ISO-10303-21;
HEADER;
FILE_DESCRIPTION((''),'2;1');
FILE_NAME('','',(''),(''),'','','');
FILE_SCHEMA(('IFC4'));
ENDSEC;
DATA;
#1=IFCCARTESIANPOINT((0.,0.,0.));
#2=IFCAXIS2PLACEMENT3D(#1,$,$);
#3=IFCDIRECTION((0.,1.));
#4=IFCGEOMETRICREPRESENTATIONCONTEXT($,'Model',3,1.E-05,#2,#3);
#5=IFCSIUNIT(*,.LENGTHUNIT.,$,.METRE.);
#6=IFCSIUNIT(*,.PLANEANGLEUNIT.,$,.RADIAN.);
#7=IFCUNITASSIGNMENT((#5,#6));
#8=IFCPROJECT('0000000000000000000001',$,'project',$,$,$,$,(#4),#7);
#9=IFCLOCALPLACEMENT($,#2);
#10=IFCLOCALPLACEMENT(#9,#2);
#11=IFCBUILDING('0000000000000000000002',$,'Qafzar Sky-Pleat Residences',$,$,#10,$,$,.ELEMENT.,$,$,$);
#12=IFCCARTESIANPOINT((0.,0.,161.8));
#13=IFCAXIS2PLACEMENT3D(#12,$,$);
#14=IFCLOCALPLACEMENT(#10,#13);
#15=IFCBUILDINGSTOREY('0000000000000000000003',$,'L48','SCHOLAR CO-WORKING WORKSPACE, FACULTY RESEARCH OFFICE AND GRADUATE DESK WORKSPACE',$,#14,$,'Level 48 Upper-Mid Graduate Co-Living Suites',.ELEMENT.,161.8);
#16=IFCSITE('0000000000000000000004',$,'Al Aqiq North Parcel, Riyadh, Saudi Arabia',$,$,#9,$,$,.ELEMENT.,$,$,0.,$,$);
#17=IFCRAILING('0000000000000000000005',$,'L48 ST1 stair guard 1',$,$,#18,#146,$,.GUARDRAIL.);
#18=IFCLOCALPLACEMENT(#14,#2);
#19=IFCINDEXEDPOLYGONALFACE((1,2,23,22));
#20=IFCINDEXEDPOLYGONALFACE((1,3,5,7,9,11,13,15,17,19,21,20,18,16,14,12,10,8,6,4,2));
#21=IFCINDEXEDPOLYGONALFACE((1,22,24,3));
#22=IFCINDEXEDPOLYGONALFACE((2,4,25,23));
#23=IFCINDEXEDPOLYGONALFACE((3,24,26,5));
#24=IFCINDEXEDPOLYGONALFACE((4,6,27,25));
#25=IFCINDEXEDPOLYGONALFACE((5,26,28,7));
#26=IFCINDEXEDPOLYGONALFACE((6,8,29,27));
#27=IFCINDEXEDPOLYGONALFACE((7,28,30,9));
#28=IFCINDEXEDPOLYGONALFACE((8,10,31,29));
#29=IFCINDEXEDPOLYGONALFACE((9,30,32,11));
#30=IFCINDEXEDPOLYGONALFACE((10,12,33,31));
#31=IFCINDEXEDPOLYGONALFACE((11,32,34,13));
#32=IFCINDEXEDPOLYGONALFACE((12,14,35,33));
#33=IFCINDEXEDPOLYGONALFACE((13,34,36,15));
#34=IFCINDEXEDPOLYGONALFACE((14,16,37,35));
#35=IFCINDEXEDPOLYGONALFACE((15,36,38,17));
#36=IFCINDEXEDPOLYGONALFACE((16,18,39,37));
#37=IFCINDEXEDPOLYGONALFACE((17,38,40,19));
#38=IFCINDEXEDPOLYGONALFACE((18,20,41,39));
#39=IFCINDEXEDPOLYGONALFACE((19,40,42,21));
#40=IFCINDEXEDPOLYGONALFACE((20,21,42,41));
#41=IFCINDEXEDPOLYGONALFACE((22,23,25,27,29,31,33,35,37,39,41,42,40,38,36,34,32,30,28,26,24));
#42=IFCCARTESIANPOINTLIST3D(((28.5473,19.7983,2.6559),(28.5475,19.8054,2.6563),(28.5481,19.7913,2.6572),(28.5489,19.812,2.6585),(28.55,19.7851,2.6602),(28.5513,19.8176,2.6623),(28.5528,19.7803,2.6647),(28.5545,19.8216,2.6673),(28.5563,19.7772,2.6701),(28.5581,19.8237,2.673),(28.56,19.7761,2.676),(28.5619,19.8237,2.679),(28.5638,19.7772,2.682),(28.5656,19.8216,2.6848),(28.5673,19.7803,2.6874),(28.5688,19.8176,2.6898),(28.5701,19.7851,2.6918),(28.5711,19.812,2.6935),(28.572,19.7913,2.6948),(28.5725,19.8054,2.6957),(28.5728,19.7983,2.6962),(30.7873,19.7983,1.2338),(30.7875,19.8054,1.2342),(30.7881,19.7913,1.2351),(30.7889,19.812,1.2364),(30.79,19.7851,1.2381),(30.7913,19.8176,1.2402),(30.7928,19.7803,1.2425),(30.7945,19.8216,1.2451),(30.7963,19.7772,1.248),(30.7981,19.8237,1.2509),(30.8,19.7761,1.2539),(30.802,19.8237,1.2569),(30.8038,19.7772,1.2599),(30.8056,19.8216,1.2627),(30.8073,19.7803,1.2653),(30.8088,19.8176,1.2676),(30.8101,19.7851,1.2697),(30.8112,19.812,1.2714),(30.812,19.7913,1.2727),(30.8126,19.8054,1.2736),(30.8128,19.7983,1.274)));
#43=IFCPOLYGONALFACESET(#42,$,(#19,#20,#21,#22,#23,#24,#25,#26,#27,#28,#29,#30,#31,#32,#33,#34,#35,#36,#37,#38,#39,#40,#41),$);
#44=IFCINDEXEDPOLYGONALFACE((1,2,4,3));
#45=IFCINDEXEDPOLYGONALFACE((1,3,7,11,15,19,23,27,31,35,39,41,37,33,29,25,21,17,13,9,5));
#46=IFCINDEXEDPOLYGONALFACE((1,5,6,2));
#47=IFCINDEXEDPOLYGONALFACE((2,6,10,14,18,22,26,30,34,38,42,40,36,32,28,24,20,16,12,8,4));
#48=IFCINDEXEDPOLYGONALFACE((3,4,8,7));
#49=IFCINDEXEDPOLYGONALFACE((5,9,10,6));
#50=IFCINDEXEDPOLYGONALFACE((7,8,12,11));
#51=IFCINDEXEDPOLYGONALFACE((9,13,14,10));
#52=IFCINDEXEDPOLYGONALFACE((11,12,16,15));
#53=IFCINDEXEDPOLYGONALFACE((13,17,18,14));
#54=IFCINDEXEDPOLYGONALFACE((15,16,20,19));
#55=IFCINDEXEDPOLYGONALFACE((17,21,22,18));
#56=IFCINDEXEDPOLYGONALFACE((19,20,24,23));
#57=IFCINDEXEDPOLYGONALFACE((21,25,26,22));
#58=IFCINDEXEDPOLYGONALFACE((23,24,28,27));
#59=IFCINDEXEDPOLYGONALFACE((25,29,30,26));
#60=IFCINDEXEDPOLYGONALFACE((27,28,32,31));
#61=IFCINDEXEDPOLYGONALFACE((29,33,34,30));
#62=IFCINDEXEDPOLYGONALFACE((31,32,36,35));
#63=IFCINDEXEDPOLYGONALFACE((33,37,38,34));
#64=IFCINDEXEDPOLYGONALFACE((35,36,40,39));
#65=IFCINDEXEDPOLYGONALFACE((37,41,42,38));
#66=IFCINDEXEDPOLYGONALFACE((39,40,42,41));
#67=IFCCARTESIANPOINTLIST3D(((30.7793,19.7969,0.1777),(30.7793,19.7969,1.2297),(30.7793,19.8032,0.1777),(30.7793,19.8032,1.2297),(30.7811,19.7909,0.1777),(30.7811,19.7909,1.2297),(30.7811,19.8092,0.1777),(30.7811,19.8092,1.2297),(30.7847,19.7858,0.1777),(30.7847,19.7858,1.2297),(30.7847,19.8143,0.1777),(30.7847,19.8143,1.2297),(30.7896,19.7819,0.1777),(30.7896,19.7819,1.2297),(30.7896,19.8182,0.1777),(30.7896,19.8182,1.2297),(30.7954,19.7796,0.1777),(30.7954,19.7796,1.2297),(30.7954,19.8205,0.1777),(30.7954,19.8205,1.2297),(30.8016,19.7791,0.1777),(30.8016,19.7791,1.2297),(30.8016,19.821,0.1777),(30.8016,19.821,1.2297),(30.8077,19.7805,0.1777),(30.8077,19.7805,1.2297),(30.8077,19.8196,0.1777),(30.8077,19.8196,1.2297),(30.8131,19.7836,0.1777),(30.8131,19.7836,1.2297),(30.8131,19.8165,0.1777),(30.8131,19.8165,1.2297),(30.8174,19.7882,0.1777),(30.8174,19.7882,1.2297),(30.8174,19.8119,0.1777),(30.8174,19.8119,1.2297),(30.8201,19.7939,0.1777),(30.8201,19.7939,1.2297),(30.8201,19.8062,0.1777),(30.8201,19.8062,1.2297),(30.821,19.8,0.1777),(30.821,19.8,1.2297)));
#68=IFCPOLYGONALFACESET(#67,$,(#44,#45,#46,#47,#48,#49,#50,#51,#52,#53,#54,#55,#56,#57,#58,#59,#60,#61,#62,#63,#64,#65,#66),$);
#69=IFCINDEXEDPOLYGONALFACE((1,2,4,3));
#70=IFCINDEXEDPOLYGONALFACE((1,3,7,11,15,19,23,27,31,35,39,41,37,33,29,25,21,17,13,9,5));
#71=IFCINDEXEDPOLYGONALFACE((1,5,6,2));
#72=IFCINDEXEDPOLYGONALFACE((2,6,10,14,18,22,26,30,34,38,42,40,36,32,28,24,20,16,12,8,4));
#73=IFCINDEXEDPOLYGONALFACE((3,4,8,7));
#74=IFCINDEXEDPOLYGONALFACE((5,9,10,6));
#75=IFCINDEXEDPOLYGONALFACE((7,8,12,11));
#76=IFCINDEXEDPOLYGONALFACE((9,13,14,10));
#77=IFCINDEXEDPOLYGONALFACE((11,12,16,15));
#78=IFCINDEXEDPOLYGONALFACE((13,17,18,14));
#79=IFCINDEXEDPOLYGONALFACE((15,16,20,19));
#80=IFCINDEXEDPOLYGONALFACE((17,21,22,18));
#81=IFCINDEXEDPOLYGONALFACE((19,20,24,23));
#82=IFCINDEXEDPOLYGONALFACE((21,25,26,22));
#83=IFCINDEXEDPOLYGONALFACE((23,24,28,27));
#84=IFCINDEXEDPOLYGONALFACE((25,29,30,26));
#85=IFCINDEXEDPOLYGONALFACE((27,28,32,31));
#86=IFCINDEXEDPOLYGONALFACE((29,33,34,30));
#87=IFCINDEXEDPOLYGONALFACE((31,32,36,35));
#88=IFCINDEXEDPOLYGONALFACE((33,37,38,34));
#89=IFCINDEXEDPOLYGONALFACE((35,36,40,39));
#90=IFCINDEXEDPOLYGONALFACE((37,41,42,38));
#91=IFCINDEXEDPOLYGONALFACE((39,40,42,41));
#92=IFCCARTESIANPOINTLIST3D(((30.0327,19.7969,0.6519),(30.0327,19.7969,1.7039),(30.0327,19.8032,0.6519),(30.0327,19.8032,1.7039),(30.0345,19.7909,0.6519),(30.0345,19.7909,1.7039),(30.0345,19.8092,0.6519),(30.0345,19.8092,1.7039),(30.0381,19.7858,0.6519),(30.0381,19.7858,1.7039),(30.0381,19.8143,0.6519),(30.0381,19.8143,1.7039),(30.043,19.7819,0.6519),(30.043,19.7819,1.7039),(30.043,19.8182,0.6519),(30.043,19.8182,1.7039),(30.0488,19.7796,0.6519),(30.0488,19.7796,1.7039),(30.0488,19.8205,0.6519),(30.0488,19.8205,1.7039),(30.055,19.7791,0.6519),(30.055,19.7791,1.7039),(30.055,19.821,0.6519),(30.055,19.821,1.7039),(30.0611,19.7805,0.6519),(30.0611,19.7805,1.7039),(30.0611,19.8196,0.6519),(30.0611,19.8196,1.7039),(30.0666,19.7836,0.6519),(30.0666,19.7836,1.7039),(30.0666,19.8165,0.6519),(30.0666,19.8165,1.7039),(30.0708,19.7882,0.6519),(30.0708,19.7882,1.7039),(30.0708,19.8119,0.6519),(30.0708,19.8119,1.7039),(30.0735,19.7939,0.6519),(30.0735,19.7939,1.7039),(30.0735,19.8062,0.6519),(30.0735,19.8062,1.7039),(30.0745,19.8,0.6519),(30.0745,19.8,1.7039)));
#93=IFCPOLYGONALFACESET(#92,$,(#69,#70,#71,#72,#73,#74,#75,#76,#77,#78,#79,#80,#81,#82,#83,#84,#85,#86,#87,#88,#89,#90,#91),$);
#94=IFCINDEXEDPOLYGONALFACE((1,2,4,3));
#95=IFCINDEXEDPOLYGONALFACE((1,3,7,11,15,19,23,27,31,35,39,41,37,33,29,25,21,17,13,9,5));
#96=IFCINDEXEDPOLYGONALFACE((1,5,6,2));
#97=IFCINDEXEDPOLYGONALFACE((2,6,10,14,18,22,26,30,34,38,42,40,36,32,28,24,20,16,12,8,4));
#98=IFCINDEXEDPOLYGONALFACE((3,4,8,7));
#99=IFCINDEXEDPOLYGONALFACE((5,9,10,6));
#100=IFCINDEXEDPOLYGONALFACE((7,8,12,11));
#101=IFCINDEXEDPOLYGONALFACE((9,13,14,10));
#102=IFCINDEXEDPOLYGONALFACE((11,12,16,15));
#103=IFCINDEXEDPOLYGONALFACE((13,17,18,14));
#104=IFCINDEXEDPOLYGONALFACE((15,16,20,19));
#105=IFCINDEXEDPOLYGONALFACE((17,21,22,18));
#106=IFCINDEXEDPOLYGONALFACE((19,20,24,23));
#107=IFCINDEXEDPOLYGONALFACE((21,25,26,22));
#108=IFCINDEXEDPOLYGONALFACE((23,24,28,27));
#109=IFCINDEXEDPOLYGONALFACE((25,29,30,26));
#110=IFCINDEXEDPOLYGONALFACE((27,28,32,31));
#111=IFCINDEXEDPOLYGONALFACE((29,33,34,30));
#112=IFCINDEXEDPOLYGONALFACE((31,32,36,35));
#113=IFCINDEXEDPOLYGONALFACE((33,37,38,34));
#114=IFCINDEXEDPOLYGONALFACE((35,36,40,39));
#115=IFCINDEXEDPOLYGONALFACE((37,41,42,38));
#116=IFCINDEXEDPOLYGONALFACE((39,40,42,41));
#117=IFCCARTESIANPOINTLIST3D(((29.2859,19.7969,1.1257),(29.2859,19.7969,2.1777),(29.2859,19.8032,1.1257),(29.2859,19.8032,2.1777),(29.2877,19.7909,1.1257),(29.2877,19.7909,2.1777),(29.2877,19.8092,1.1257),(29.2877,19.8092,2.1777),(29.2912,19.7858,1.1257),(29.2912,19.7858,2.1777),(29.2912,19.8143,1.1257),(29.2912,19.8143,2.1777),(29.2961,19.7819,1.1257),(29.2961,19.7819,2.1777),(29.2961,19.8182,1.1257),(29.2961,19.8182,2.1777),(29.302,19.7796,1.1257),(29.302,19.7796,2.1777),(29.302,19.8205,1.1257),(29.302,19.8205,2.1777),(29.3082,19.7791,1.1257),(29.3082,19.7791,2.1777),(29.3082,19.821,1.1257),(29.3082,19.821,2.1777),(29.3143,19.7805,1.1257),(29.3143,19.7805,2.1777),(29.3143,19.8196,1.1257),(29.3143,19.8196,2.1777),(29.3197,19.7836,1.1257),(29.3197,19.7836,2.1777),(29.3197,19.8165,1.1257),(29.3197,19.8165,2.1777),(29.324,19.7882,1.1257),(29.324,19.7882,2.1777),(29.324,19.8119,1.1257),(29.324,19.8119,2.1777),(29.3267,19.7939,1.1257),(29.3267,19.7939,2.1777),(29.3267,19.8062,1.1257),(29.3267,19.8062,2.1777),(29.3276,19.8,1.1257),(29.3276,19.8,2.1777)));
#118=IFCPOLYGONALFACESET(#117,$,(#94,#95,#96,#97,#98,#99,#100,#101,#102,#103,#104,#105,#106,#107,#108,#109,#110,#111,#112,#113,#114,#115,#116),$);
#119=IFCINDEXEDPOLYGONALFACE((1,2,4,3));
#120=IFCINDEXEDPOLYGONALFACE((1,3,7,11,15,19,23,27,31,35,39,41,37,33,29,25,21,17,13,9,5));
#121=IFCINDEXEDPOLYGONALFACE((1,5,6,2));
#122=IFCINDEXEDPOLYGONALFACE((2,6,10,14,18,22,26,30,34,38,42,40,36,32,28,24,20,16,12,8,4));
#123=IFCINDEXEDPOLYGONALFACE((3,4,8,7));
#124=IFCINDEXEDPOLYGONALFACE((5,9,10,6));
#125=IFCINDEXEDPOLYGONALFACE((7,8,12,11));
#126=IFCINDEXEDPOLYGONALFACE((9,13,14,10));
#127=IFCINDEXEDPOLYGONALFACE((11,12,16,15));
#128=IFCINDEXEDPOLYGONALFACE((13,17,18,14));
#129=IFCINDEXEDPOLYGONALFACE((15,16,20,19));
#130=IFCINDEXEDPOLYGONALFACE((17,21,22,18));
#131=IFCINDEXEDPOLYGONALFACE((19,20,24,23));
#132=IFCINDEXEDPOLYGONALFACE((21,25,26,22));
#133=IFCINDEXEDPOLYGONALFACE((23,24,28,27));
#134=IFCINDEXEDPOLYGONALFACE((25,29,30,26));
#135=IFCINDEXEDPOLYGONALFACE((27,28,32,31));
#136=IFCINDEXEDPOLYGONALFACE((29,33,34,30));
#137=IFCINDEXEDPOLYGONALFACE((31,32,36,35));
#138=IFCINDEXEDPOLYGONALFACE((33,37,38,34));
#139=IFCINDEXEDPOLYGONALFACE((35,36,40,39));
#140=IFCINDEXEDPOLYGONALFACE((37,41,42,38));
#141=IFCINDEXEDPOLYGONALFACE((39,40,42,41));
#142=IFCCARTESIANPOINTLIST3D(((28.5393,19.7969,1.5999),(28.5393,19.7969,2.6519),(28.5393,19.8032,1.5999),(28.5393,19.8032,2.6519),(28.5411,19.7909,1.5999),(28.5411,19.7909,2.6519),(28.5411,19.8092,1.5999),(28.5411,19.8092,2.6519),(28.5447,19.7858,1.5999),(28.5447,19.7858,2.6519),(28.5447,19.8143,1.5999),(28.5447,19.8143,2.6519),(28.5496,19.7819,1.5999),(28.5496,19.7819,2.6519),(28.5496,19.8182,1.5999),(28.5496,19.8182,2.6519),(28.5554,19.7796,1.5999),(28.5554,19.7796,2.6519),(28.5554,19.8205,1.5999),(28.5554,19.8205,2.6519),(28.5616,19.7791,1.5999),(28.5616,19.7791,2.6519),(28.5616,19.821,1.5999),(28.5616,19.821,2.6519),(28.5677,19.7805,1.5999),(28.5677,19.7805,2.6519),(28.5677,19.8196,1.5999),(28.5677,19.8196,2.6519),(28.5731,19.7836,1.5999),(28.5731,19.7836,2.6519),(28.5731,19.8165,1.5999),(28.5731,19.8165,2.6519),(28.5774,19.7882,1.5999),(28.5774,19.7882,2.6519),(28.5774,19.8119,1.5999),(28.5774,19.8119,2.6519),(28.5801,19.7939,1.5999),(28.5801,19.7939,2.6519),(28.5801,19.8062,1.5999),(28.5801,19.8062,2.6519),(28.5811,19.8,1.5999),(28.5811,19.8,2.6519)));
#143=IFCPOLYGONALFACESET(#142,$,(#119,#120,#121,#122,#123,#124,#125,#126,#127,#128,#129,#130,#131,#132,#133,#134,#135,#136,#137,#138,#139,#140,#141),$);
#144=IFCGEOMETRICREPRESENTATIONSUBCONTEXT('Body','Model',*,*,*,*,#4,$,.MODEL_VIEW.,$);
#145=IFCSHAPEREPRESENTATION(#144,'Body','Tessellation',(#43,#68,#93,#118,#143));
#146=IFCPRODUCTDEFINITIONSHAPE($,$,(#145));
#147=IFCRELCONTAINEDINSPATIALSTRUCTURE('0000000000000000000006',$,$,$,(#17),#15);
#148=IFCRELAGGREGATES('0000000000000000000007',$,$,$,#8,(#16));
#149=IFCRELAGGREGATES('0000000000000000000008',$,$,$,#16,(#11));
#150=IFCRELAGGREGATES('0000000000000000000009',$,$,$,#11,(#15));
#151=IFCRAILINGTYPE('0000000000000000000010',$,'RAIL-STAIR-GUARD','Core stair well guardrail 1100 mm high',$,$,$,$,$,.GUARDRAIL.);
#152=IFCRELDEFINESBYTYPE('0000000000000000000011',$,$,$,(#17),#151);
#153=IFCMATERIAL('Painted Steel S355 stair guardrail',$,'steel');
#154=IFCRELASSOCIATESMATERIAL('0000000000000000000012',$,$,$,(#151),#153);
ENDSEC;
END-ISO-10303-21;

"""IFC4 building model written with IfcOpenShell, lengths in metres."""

from ifc_helpers import new_model, si_unit, direction, frame, origin, origin_2d, place, context, subcontext, project, spatial, circle, extrude, source, transform, mapped, material, type_object, element, save


model = new_model("IFC4")

# Units and contexts
model_context = context("Model", 3, precision=1e-05, world=origin(), true_north=direction((0.0, 1.0)))
body_context = subcontext(model_context, "Body", "Model", "MODEL_VIEW")
ifc_project = project(units=[si_unit("LENGTHUNIT", "METRE"), si_unit("PLANEANGLEUNIT", "RADIAN")], contexts=[model_context])

# Site, building, storey
site_placement = place(None, origin())
site = spatial("IfcSite", under=ifc_project, at=site_placement, Name="Al Aqiq North Parcel, Riyadh, Saudi Arabia", CompositionType="ELEMENT", RefElevation=0.0)
building_placement = place(site_placement, origin())
building = spatial("IfcBuilding", under=site, at=building_placement, Name="Qafzar Sky-Pleat Residences", CompositionType="ELEMENT")
storey_placement = place(building_placement, frame((0.0, 0.0, 161.8)))
storey = spatial("IfcBuildingStorey", under=building, at=storey_placement, Name="L48", Description="SCHOLAR CO-WORKING WORKSPACE, FACULTY RESEARCH OFFICE AND GRADUATE DESK WORKSPACE", LongName="Level 48 Upper-Mid Graduate Co-Living Suites", CompositionType="ELEMENT", Elevation=161.8)

# Railing
ifc_material_1 = material(Name="Painted Steel S355 stair guardrail", Category="steel")
railing_type_1 = type_object("IfcRailingType", Name="RAIL-STAIR-GUARD", Description="Core stair well guardrail 1100 mm high", PredefinedType="GUARDRAIL", material=ifc_material_1)
shared_shape_1 = source(origin(), body_context, "Body", "SweptSolid", [
    extrude(circle(Radius=0.0239, at=origin_2d()), frame((0.0, 0.0, 1.0762), z_axis=(-0.844229, 0.0, 0.535982), x_axis=(0.0, -1.0, 0.0)), (0.0, 0.0, 1.0), 2.6533),
    extrude(circle(Radius=0.021, at=origin_2d()), origin(), (0.0, 0.0, 1.0), 1.052),
    extrude(circle(Radius=0.021, at=origin_2d()), frame((-0.7466, 0.0, 0.4741)), (0.0, 0.0, 1.0), 1.052),
    extrude(circle(Radius=0.021, at=origin_2d()), frame((-1.4934, 0.0, 0.948)), (0.0, 0.0, 1.0), 1.052),
    extrude(circle(Radius=0.021, at=origin_2d()), frame((-2.24, 0.0, 1.4221)), (0.0, 0.0, 1.0), 1.052),
])
railing_1_placement = place(storey_placement, frame((30.8, 19.8, 0.1777)))
element("IfcRailing", 1, at=railing_1_placement, inside=storey, type_object=railing_type_1, Name="L48 ST1 stair guard 1", PredefinedType="GUARDRAIL", context=body_context, shape_type="MappedRepresentation", body=[
    mapped(shared_shape_1, transform((0.0, 0.0, 0.0), x_axis=(1.0, 0.0, 0.0), y_axis=(0.0, 1.0, 0.0), z_axis=(0.0, 0.0, 1.0), scale=1.0)),
])

save(model, "model.ifc")
